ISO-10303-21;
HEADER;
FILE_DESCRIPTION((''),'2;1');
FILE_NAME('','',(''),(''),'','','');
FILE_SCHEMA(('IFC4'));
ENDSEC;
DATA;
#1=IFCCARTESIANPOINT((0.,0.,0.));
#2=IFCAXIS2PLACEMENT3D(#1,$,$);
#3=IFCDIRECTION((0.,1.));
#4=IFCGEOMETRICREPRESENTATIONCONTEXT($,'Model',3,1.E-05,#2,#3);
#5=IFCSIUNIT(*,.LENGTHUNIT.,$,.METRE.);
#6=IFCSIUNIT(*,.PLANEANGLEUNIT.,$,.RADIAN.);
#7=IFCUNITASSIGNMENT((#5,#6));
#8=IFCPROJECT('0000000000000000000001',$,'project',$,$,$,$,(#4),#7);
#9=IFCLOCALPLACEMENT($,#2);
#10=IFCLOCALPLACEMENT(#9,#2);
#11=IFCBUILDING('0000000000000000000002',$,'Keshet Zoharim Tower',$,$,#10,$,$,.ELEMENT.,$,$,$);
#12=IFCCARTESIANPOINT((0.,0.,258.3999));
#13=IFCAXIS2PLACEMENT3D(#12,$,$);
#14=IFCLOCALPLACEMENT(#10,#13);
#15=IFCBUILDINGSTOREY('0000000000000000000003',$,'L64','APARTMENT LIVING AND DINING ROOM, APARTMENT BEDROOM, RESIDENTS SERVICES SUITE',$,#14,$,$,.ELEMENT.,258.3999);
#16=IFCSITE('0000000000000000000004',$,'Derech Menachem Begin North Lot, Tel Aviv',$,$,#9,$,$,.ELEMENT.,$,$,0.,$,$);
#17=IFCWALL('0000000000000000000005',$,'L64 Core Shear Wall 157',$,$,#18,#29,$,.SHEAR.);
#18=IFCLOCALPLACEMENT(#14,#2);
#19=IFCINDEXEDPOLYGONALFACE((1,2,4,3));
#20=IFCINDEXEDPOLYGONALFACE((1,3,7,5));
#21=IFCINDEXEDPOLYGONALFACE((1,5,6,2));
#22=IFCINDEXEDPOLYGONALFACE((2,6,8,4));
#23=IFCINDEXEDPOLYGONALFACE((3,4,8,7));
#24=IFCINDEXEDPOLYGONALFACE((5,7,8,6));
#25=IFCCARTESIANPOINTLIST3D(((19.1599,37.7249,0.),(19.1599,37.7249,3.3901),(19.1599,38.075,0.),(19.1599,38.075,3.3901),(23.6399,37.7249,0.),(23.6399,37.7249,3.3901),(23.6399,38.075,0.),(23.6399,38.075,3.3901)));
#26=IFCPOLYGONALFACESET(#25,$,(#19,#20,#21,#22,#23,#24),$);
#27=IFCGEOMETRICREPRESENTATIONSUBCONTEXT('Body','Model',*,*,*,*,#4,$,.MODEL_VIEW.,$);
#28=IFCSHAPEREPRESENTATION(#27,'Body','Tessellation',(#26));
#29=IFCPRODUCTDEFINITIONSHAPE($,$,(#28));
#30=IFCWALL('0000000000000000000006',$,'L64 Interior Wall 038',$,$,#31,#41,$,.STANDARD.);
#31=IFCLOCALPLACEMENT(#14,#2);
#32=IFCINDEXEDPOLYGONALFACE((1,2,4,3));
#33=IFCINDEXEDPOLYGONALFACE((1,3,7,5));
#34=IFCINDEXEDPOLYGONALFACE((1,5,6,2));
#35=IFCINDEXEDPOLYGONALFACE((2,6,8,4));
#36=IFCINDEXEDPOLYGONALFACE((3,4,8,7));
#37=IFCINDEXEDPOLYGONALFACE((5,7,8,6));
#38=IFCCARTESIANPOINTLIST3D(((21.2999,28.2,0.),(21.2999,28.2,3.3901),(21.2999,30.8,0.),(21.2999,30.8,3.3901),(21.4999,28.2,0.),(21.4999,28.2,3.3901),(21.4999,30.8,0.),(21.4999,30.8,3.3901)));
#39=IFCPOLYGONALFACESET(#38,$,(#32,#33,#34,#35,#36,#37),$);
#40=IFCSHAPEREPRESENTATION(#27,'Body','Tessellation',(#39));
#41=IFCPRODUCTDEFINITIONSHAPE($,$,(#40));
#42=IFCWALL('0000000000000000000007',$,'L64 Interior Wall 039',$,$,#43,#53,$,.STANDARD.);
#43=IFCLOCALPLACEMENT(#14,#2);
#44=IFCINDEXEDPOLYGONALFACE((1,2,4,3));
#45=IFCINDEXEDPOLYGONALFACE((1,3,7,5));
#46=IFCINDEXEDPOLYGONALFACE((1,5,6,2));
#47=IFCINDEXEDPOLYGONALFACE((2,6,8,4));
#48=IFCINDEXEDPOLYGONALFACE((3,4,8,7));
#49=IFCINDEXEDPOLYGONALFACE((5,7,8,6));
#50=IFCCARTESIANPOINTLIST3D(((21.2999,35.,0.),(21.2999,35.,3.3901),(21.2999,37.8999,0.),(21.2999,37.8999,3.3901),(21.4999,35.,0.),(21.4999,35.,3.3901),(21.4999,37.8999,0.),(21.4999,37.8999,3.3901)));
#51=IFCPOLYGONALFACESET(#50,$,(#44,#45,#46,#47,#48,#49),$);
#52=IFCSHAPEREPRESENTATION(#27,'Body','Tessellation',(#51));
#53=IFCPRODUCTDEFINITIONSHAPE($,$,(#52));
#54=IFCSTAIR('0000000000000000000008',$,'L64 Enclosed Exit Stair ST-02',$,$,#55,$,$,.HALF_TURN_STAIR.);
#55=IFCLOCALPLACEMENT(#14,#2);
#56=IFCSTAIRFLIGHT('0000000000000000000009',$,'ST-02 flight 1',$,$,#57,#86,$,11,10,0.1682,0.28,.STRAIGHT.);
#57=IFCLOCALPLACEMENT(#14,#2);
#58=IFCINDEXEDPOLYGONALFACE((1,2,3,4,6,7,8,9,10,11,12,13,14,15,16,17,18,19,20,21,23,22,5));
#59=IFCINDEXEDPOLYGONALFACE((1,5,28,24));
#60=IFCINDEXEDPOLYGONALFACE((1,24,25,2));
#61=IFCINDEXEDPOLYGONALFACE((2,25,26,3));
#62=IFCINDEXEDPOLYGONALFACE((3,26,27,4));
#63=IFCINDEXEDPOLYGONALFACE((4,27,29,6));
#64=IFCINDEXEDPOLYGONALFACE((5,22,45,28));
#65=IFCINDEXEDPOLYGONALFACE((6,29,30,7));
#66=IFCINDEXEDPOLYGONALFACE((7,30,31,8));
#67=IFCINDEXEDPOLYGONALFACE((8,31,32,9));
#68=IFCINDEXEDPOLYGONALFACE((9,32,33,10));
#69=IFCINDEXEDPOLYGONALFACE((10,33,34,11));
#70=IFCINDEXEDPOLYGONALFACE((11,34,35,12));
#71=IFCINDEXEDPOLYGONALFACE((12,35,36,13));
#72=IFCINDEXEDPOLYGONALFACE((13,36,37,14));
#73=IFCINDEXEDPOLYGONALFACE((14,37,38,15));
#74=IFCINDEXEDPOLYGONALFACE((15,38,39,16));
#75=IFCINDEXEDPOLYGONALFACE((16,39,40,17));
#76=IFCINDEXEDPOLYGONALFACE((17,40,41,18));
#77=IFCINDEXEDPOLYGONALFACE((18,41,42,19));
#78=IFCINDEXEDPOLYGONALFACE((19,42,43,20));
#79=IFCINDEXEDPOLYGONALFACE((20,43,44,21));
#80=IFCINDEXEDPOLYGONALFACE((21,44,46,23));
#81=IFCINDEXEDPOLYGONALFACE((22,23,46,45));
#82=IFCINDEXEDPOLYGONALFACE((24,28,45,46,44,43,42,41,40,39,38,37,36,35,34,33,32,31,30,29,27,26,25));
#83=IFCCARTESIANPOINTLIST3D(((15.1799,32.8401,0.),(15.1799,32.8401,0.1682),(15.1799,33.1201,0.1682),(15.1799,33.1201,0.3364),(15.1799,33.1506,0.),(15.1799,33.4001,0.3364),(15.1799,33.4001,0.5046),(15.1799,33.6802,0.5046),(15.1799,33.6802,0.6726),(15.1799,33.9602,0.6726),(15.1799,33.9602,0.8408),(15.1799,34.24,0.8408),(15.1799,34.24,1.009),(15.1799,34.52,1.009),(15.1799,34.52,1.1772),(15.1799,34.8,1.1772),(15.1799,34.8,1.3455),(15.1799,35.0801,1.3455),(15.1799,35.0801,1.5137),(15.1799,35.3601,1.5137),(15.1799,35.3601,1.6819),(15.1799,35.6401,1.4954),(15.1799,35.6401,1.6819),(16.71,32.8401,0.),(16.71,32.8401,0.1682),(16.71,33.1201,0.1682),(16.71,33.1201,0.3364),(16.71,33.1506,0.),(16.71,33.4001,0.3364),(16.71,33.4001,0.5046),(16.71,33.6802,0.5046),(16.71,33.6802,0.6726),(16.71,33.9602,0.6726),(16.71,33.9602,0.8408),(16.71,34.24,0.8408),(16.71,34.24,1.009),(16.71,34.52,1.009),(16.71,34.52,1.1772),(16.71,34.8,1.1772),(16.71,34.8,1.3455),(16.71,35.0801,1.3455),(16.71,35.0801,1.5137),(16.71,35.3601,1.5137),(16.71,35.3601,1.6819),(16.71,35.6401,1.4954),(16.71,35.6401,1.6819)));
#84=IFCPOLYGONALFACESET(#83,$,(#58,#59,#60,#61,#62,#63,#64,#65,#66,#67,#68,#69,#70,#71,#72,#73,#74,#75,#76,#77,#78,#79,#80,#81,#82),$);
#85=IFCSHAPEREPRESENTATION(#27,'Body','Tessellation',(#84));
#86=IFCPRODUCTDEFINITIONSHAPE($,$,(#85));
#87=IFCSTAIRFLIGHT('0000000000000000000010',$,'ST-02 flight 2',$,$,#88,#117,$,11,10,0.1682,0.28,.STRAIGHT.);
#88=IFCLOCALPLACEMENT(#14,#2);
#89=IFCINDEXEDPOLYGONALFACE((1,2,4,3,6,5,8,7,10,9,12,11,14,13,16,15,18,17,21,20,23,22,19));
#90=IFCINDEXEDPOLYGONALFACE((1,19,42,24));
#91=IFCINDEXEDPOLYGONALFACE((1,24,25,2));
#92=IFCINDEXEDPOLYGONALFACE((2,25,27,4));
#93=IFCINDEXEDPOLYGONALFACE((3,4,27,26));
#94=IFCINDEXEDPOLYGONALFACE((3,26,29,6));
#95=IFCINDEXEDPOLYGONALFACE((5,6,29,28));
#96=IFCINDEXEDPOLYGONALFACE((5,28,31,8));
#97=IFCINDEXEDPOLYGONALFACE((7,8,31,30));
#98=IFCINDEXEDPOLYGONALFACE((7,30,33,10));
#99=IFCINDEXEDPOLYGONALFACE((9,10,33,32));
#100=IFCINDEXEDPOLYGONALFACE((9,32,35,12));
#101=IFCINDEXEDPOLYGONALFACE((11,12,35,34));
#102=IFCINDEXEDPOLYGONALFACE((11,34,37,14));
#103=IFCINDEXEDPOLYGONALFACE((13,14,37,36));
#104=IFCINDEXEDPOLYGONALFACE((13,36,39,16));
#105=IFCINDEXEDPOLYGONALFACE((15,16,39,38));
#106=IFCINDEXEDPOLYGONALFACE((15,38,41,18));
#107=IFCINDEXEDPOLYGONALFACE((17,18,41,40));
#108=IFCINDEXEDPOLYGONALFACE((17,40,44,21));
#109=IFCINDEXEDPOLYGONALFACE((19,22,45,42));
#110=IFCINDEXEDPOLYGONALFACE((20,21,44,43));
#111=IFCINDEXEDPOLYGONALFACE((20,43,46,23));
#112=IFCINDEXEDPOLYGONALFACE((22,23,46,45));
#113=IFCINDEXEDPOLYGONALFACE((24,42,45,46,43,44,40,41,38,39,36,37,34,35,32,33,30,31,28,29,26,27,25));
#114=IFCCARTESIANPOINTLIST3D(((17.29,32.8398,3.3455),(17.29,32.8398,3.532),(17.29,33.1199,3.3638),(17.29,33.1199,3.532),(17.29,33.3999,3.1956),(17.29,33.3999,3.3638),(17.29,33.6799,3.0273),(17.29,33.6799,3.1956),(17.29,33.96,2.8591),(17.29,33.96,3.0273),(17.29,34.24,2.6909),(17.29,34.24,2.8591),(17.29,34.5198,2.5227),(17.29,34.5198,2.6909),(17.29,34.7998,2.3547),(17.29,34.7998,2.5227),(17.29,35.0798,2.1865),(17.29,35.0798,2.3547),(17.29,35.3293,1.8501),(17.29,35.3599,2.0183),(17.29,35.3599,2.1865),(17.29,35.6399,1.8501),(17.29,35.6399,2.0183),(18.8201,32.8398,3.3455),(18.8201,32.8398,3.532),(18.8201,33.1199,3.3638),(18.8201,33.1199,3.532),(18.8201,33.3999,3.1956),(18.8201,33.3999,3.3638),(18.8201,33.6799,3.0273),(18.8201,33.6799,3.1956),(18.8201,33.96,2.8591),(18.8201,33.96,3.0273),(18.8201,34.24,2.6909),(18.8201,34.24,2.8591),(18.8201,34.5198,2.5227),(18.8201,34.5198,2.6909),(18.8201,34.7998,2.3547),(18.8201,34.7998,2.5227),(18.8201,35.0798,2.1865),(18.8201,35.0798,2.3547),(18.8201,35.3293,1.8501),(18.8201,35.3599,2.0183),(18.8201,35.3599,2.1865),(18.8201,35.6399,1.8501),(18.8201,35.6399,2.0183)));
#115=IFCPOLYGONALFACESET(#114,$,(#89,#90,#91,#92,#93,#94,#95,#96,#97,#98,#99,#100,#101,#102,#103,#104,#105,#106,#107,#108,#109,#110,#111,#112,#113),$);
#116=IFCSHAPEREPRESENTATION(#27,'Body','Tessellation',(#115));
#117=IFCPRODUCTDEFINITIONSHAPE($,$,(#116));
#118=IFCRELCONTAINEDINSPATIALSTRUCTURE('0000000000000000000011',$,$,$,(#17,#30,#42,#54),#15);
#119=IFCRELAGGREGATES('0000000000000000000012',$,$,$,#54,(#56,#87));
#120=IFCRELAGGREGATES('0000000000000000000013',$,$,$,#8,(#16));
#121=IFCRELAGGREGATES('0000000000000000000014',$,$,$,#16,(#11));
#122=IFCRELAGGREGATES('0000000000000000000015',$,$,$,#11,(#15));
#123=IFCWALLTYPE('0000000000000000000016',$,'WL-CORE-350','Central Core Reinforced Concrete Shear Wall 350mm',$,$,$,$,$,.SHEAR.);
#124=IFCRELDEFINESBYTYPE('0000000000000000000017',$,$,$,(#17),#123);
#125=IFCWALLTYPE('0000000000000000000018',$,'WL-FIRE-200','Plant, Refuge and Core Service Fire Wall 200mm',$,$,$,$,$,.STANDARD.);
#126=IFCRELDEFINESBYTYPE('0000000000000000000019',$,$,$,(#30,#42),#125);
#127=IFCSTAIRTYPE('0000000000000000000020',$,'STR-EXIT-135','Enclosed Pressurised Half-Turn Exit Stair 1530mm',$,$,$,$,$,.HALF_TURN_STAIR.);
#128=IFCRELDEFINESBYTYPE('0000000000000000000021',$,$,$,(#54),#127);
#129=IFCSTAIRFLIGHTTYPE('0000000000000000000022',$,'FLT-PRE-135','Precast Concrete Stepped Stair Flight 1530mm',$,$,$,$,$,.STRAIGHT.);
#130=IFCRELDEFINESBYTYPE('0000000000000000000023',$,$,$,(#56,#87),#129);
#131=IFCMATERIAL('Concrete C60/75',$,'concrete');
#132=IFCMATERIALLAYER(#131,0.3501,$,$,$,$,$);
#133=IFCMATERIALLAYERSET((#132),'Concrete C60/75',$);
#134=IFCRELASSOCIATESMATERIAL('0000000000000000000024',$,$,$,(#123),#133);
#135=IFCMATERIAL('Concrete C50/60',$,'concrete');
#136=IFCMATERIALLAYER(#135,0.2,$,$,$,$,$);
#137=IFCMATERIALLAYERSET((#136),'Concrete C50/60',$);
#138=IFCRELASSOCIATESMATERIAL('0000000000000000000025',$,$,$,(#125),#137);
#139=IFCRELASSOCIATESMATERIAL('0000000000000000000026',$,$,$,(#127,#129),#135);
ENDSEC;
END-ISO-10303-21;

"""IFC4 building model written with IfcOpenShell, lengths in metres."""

from ifc_helpers import new_model, si_unit, direction, frame, frame_2d, origin, place, context, subcontext, project, spatial, polyline, rectangle, outline, extrude, material, layer, layer_set, type_object, element, aggregate, save


model = new_model("IFC4")

# Units and contexts
model_context = context("Model", 3, precision=1e-05, world=origin(), true_north=direction((0.0, 1.0)))
body_context = subcontext(model_context, "Body", "Model", "MODEL_VIEW")
ifc_project = project(units=[si_unit("LENGTHUNIT", "METRE"), si_unit("PLANEANGLEUNIT", "RADIAN")], contexts=[model_context])

# Site, building, storey
site_placement = place(None, origin())
site = spatial("IfcSite", under=ifc_project, at=site_placement, Name="Derech Menachem Begin North Lot, Tel Aviv", CompositionType="ELEMENT", RefElevation=0.0)
building_placement = place(site_placement, origin())
building = spatial("IfcBuilding", under=site, at=building_placement, Name="Keshet Zoharim Tower", CompositionType="ELEMENT")
storey_placement = place(building_placement, frame((0.0, 0.0, 258.3999)))
storey = spatial("IfcBuildingStorey", under=building, at=storey_placement, Name="L64", Description="APARTMENT LIVING AND DINING ROOM, APARTMENT BEDROOM, RESIDENTS SERVICES SUITE", CompositionType="ELEMENT", Elevation=258.3999)

# Shared definitions
ifc_material_1 = material(Name="Concrete C60/75", Category="concrete")
ifc_layer_1 = layer(ifc_material_1, 0.3501)
ifc_layer_set_1 = layer_set([ifc_layer_1], Name="Concrete C60/75")
wall_type_1 = type_object("IfcWallType", Name="WL-CORE-350", Description="Central Core Reinforced Concrete Shear Wall 350mm", PredefinedType="SHEAR", material=ifc_layer_set_1)

# Walls
wall_1_placement = place(storey_placement, frame((19.1599, 37.8999, 0.0), z_axis=(0.0, 0.0, 1.0), x_axis=(1.0, 0.0, 0.0)))
element("IfcWall", 1, at=wall_1_placement, inside=storey, type_object=wall_type_1, Name="L64 Core Shear Wall 157", PredefinedType="SHEAR", context=body_context, shape_type="SweptSolid", body=[
    extrude(rectangle(XDim=4.48, YDim=0.3501, at=frame_2d((2.24, 0.0))), origin(), (0.0, 0.0, 1.0), 3.3901),
])
ifc_material_2 = material(Name="Concrete C50/60", Category="concrete")
ifc_layer_2 = layer(ifc_material_2, 0.2)
ifc_layer_set_2 = layer_set([ifc_layer_2], Name="Concrete C50/60")
wall_type_2 = type_object("IfcWallType", Name="WL-FIRE-200", Description="Plant, Refuge and Core Service Fire Wall 200mm", PredefinedType="STANDARD", material=ifc_layer_set_2)
wall_2_placement = place(storey_placement, frame((21.3999, 28.2, 0.0), z_axis=(0.0, 0.0, 1.0), x_axis=(0.0, 1.0, 0.0)))
element("IfcWall", 2, at=wall_2_placement, inside=storey, type_object=wall_type_2, Name="L64 Interior Wall 038", PredefinedType="STANDARD", context=body_context, shape_type="SweptSolid", body=[
    extrude(rectangle(XDim=2.6001, YDim=0.2, at=frame_2d((1.3, 0.0))), origin(), (0.0, 0.0, 1.0), 3.3901),
])
wall_3_placement = place(storey_placement, frame((21.3999, 35.0, 0.0), z_axis=(0.0, 0.0, 1.0), x_axis=(0.0, 1.0, 0.0)))
element("IfcWall", 3, at=wall_3_placement, inside=storey, type_object=wall_type_2, Name="L64 Interior Wall 039", PredefinedType="STANDARD", context=body_context, shape_type="SweptSolid", body=[
    extrude(rectangle(XDim=2.8999, YDim=0.2, at=frame_2d((1.45, 0.0))), origin(), (0.0, 0.0, 1.0), 3.3901),
])

# Stair, stair flights
stair_type = type_object("IfcStairType", Name="STR-EXIT-135", Description="Enclosed Pressurised Half-Turn Exit Stair 1530mm", PredefinedType="HALF_TURN_STAIR", material=ifc_material_2)
stair_placement = place(storey_placement, origin())
stair = element("IfcStair", 4, at=stair_placement, inside=storey, type_object=stair_type, Name="L64 Enclosed Exit Stair ST-02", PredefinedType="HALF_TURN_STAIR")
stair_flight_type = type_object("IfcStairFlightType", Name="FLT-PRE-135", Description="Precast Concrete Stepped Stair Flight 1530mm", PredefinedType="STRAIGHT", material=ifc_material_2)
stair_flight_1_placement = place(storey_placement, frame((15.9451, 32.8401, 0.0), z_axis=(0.0, 0.0, 1.0), x_axis=(0.0, 1.0, 0.0)))
stair_flight_1 = element("IfcStairFlight", 5, at=stair_flight_1_placement, type_object=stair_flight_type, Name="ST-02 flight 1", NumberOfRisers=11, NumberOfTreads=10, PredefinedType="STRAIGHT", RiserHeight=0.1682, TreadLength=0.28, context=body_context, shape_type="SweptSolid", body=[
    extrude(outline(polyline([(0.0, 0.0), (0.0, 0.1682), (0.28, 0.1682), (0.28, 0.3364), (0.5601, 0.3364), (0.5601, 0.5046), (0.8401, 0.5046), (0.8401, 0.6726), (1.1201, 0.6726), (1.1201, 0.8408), (1.3999, 0.8408), (1.3999, 1.009), (1.6799, 1.009), (1.6799, 1.1772), (1.96, 1.1772), (1.96, 1.3455), (2.24, 1.3455), (2.24, 1.5137), (2.52, 1.5137), (2.52, 1.6819), (2.8, 1.6819), (2.8, 1.8501), (2.8, 1.4954), (0.3105, 0.0), (0.0, 0.0)])), frame((0.0, 0.7651, 0.0), z_axis=(0.0, -1.0, 0.0), x_axis=(1.0, 0.0, 0.0)), (0.0, 0.0, 1.0), 1.53),
])
stair_flight_2_placement = place(storey_placement, frame((18.0549, 35.6399, 1.8501), z_axis=(0.0, 0.0, 1.0), x_axis=(0.0, -1.0, 0.0)))
stair_flight_2 = element("IfcStairFlight", 6, at=stair_flight_2_placement, type_object=stair_flight_type, Name="ST-02 flight 2", NumberOfRisers=11, NumberOfTreads=10, PredefinedType="STRAIGHT", RiserHeight=0.1682, TreadLength=0.28, context=body_context, shape_type="SweptSolid", body=[
    extrude(outline(polyline([(0.0, 0.0), (0.0, 0.1682), (0.28, 0.1682), (0.28, 0.3364), (0.5601, 0.3364), (0.5601, 0.5046), (0.8401, 0.5046), (0.8401, 0.6726), (1.1201, 0.6726), (1.1201, 0.8408), (1.3999, 0.8408), (1.3999, 1.009), (1.6799, 1.009), (1.6799, 1.1772), (1.96, 1.1772), (1.96, 1.3455), (2.24, 1.3455), (2.24, 1.5137), (2.52, 1.5137), (2.52, 1.6819), (2.8, 1.6819), (2.8, 1.8501), (2.8, 1.4954), (0.3105, 0.0), (0.0, 0.0)])), frame((0.0, 0.7651, 0.0), z_axis=(0.0, -1.0, 0.0), x_axis=(1.0, 0.0, 0.0)), (0.0, 0.0, 1.0), 1.53),
])
aggregate(stair, [stair_flight_1, stair_flight_2])

save(model, "model.ifc")
